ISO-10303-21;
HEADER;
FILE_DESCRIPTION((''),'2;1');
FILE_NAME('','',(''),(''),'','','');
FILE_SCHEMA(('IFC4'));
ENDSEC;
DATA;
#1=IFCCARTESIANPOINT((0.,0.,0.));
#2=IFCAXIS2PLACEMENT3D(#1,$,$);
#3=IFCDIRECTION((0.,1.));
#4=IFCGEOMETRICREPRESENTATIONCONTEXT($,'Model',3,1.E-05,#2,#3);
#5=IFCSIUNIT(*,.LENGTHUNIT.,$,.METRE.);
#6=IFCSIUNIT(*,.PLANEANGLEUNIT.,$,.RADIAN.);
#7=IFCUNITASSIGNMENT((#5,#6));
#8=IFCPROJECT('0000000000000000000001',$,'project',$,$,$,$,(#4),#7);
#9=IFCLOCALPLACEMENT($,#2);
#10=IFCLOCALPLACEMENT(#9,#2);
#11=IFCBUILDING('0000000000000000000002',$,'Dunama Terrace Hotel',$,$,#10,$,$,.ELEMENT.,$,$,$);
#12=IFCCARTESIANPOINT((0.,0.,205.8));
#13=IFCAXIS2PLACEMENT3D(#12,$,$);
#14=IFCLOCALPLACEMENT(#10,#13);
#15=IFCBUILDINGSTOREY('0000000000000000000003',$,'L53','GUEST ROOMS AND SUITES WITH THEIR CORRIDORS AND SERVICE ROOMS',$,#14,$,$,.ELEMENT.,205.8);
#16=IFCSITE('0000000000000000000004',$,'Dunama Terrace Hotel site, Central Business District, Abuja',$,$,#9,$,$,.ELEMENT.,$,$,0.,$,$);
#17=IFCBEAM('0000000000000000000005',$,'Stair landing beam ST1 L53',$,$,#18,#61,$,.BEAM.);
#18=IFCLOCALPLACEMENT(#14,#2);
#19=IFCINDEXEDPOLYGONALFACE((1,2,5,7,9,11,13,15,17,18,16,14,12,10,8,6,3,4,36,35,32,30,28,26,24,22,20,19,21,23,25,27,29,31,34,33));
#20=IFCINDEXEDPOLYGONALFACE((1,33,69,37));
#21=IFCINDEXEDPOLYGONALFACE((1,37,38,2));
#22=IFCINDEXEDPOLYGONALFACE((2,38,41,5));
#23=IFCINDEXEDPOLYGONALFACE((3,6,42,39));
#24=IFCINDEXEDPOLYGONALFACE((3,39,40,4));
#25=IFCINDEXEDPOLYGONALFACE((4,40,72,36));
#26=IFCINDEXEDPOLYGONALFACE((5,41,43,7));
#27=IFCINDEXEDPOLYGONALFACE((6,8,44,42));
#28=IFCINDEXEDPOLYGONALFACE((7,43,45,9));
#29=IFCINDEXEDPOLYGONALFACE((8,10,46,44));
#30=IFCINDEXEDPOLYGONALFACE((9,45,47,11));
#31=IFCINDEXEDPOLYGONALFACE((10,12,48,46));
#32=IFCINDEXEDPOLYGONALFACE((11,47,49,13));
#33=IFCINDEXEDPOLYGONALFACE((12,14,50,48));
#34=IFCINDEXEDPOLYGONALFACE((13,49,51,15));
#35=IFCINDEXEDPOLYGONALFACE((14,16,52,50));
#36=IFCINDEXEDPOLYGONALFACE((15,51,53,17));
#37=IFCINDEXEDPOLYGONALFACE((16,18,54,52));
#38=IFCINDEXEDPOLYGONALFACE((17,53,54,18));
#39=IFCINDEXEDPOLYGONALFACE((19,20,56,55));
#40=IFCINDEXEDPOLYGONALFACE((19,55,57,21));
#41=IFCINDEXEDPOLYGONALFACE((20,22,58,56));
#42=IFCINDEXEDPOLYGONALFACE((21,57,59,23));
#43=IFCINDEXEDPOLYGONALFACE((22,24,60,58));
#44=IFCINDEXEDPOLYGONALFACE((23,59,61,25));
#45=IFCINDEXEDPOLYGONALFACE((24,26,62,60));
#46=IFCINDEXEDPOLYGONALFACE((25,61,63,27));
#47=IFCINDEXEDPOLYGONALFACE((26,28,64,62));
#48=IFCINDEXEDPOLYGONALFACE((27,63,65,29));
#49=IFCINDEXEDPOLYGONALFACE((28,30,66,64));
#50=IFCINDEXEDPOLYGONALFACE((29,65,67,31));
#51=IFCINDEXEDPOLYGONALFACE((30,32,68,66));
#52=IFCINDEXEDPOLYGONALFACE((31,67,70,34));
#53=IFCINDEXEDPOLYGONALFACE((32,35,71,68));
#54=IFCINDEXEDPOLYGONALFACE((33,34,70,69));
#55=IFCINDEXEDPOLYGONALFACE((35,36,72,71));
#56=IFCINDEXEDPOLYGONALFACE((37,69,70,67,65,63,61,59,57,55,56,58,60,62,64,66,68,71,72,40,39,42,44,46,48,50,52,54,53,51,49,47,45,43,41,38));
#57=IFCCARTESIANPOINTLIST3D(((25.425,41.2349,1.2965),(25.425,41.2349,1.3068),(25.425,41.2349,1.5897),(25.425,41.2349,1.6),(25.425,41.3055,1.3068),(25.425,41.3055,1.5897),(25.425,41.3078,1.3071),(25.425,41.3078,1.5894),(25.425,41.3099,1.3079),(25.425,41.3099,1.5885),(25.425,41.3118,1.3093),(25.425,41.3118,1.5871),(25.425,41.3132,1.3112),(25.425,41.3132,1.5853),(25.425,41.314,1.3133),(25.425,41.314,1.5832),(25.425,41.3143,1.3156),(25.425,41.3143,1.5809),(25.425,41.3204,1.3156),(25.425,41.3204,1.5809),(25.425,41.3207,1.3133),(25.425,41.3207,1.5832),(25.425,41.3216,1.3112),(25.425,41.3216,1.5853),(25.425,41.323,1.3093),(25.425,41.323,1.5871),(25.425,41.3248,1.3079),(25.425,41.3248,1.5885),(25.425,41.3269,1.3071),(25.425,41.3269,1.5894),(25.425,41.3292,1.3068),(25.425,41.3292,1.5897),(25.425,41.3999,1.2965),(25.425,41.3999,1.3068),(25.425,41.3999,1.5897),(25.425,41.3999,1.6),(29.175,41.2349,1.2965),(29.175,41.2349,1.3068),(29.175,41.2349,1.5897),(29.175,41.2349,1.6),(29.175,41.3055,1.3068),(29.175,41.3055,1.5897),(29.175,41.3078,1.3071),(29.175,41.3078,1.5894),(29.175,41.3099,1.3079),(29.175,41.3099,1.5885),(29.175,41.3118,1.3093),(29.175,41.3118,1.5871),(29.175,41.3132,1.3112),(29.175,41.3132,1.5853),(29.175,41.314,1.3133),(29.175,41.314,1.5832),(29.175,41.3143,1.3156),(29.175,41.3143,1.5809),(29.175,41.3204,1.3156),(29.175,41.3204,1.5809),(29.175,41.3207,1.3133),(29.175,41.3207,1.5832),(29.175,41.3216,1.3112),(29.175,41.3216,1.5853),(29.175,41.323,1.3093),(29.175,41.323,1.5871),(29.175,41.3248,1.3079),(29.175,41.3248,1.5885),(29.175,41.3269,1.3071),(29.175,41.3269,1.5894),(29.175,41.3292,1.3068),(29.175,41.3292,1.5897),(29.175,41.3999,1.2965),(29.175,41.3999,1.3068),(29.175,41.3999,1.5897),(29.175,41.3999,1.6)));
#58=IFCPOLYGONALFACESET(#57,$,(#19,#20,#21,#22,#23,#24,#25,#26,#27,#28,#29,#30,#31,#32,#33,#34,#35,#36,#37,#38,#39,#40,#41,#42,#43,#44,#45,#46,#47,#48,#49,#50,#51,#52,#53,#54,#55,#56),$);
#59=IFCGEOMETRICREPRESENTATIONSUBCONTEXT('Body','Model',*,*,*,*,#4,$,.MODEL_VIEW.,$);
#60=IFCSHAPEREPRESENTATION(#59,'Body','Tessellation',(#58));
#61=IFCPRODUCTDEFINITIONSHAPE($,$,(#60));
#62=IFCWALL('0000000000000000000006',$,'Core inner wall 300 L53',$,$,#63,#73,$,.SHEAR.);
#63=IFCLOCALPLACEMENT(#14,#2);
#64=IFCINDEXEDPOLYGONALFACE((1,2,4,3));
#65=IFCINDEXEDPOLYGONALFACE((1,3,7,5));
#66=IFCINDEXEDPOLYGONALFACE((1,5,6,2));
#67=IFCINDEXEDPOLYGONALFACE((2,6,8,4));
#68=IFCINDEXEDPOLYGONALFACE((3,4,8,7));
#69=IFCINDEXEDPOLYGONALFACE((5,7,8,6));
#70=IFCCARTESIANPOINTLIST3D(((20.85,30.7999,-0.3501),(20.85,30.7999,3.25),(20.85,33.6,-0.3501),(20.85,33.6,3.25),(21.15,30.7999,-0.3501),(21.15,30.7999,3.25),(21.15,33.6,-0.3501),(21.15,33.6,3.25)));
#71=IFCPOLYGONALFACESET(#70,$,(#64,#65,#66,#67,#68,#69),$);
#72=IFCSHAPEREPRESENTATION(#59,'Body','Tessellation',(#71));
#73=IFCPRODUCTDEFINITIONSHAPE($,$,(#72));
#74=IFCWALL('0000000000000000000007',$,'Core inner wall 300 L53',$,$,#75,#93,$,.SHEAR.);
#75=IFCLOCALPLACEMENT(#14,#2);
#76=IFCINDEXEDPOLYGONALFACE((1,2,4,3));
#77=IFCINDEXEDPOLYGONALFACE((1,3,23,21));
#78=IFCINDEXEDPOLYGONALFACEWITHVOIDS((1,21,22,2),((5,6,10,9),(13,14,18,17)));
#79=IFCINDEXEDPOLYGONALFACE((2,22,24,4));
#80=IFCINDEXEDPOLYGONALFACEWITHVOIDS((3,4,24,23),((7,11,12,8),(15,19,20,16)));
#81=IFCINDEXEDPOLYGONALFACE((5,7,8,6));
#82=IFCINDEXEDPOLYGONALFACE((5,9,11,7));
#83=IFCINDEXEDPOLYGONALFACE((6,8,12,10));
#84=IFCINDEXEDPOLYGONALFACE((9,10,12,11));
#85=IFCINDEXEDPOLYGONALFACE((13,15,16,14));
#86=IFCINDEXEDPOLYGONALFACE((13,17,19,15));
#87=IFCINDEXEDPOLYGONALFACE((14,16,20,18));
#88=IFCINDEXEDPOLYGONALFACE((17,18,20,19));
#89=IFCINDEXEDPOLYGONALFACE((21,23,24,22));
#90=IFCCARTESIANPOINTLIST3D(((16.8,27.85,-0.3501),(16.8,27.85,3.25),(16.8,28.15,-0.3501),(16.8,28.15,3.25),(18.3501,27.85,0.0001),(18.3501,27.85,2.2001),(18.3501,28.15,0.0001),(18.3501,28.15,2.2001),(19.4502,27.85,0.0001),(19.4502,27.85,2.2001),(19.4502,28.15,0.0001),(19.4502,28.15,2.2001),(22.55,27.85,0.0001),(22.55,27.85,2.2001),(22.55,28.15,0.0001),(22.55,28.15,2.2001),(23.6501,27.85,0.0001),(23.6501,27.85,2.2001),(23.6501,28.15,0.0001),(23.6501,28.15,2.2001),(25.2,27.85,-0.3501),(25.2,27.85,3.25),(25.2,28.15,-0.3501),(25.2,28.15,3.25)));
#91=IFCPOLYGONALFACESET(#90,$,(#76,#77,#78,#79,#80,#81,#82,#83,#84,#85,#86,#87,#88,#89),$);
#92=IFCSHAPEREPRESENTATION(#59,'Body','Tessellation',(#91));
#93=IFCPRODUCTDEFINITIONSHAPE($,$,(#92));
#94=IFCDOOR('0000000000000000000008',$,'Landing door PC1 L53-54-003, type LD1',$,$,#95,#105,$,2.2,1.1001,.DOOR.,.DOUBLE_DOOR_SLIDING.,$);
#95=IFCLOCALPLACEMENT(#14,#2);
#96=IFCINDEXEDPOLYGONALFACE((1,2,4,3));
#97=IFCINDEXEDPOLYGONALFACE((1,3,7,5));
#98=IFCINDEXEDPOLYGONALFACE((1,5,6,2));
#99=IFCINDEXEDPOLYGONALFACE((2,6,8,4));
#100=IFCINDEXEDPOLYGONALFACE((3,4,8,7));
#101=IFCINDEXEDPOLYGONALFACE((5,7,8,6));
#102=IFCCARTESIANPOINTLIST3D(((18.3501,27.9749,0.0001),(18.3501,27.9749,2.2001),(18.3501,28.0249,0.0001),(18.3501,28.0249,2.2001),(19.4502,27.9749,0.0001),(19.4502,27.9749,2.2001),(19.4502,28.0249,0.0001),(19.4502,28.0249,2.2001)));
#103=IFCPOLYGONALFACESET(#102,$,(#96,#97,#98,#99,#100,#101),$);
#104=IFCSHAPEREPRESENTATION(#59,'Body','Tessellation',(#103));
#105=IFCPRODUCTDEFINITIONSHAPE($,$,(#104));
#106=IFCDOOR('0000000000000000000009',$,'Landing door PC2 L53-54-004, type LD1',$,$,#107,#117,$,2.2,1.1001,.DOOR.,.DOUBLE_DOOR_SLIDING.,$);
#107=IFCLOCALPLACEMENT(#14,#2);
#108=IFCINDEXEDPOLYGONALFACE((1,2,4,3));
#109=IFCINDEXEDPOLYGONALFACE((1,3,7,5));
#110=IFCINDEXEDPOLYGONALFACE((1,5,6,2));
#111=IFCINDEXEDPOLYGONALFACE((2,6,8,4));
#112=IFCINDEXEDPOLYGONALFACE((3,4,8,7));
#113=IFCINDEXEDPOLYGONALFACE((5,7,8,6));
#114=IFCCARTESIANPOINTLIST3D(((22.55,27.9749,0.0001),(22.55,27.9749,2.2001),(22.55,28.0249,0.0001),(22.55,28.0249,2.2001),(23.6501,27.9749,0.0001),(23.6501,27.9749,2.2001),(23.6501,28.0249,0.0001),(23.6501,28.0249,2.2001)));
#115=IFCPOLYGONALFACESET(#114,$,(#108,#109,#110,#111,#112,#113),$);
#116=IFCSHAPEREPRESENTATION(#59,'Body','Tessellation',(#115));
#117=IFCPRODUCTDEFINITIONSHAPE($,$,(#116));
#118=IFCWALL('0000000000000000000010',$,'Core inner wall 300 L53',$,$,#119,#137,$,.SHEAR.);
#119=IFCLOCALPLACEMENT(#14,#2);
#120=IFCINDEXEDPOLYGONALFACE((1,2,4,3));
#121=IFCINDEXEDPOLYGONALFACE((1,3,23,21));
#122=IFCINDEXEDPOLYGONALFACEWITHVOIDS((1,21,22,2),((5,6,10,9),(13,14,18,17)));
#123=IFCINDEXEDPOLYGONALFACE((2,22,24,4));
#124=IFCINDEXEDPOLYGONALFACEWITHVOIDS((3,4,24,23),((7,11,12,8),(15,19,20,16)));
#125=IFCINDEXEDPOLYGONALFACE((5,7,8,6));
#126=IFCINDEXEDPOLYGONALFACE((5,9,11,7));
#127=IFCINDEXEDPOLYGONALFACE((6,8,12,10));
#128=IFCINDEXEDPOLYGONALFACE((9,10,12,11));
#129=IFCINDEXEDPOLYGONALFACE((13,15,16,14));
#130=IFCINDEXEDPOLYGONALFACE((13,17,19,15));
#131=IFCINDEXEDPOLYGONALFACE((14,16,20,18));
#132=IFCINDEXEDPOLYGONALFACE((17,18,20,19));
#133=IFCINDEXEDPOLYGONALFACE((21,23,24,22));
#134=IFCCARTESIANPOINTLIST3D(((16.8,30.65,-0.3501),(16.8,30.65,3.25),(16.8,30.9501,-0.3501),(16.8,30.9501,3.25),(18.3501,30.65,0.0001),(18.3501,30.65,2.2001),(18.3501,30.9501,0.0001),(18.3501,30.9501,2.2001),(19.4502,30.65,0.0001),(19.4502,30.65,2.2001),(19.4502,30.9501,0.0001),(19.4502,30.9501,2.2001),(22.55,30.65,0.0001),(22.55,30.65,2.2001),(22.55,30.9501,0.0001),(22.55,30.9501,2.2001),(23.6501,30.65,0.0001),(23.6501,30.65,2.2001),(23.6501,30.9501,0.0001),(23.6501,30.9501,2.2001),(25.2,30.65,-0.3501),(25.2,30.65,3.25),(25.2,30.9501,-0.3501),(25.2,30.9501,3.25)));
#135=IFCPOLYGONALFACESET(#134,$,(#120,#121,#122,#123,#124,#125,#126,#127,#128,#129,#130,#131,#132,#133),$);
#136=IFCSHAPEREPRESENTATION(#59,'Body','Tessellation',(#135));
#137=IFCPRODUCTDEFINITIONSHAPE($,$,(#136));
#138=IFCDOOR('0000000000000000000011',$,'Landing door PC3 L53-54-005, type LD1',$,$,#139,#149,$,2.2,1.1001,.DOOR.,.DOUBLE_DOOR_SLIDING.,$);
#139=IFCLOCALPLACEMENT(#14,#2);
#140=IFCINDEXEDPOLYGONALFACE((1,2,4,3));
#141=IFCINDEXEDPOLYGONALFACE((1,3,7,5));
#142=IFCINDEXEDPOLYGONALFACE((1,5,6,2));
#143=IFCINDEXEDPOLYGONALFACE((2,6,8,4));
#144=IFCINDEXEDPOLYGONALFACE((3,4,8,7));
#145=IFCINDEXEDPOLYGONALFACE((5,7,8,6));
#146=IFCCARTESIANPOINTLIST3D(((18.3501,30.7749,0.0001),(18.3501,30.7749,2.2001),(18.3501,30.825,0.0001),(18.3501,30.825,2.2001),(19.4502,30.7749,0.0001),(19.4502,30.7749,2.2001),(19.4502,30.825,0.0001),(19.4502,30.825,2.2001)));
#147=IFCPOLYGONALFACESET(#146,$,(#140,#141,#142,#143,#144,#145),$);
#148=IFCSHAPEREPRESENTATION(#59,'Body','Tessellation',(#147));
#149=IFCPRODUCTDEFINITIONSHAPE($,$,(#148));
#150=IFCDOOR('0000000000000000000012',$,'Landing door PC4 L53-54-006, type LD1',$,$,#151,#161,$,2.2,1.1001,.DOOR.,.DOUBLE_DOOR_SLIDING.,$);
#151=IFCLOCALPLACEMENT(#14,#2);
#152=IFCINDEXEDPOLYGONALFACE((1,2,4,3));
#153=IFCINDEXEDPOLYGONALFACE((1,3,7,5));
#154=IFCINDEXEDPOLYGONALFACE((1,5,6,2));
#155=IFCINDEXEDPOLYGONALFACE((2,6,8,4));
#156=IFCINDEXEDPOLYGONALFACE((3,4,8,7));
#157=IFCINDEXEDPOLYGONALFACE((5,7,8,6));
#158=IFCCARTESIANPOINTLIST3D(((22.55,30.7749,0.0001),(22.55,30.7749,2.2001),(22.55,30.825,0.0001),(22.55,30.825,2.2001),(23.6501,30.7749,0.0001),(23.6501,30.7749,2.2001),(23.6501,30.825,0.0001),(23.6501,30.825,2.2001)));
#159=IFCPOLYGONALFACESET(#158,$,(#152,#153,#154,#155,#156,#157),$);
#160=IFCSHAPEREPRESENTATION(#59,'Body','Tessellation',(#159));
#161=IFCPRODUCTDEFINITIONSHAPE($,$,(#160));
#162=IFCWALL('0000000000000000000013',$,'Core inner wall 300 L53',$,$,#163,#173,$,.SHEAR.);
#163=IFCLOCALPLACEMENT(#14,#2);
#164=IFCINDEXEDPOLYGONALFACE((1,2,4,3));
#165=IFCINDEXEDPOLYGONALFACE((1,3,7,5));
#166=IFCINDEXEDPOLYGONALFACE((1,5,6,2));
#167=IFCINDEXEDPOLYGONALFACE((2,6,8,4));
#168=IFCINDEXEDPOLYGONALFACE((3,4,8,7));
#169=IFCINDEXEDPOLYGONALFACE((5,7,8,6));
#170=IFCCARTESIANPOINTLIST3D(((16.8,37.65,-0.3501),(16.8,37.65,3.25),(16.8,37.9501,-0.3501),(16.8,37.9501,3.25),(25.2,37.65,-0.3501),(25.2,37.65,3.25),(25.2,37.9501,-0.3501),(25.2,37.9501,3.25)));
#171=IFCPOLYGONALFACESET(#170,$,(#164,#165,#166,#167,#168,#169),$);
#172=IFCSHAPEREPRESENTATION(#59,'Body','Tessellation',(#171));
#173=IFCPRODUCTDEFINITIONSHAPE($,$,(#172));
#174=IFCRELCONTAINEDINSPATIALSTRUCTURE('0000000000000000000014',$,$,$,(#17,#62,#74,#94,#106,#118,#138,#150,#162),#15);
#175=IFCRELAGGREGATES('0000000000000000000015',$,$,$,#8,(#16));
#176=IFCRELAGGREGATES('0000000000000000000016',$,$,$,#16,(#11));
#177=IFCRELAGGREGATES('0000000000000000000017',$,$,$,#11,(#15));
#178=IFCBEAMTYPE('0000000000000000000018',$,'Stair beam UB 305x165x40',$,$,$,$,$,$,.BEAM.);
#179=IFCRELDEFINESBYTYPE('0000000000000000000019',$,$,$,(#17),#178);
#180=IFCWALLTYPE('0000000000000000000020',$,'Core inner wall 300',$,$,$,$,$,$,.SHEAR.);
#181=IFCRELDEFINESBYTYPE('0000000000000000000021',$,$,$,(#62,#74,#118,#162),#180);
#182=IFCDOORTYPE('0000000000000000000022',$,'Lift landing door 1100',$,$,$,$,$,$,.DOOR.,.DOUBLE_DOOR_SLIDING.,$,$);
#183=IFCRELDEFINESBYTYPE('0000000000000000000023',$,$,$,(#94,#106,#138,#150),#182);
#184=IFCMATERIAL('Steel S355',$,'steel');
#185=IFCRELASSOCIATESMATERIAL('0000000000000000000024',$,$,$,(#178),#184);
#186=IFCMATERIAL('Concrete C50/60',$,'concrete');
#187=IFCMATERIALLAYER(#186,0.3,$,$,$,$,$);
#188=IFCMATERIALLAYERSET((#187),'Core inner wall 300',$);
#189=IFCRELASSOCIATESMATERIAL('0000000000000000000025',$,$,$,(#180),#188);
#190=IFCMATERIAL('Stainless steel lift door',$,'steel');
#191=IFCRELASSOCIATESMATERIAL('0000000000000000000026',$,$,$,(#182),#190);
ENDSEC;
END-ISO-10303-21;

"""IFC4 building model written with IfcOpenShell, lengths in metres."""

from ifc_helpers import new_model, si_unit, direction, frame, frame_2d, origin, origin_2d, place, context, subcontext, project, spatial, rectangle, i_section, extrude, material, layer, layer_set, material_profile, profile_set, type_object, element, fill, save


model = new_model("IFC4")

# Units and contexts
model_context = context("Model", 3, precision=1e-05, world=origin(), true_north=direction((0.0, 1.0)))
body_context = subcontext(model_context, "Body", "Model", "MODEL_VIEW")
ifc_project = project(units=[si_unit("LENGTHUNIT", "METRE"), si_unit("PLANEANGLEUNIT", "RADIAN")], contexts=[model_context])

# Site, building, storey
site_placement = place(None, origin())
site = spatial("IfcSite", under=ifc_project, at=site_placement, Name="Dunama Terrace Hotel site, Central Business District, Abuja", CompositionType="ELEMENT", RefElevation=0.0)
building_placement = place(site_placement, origin())
building = spatial("IfcBuilding", under=site, at=building_placement, Name="Dunama Terrace Hotel", CompositionType="ELEMENT")
storey_placement = place(building_placement, frame((0.0, 0.0, 205.8)))
storey = spatial("IfcBuildingStorey", under=building, at=storey_placement, Name="L53", Description="GUEST ROOMS AND SUITES WITH THEIR CORRIDORS AND SERVICE ROOMS", CompositionType="ELEMENT", Elevation=205.8)

# Beam
ifc_material_1 = material(Name="Steel S355", Category="steel")
ifc_material_profile = material_profile(ifc_material_1, i_section(OverallWidth=0.165, OverallDepth=0.3035, WebThickness=0.0061, FlangeThickness=0.0103, FilletRadius=0.0088, at=origin_2d()), Name="UB 305x165x40")
ifc_profile_set = profile_set([ifc_material_profile], Name="Steel S355")
beam_type = type_object("IfcBeamType", Name="Stair beam UB 305x165x40", PredefinedType="BEAM", material=ifc_profile_set)
beam_placement = place(storey_placement, frame((25.425, 41.3174, 1.4482), z_axis=(1.0, 0.0, 0.0), x_axis=(0.0, 1.0, 0.0)))
element("IfcBeam", 1, at=beam_placement, inside=storey, type_object=beam_type, Name="Stair landing beam ST1 L53", PredefinedType="BEAM", context=body_context, shape_type="SweptSolid", body=[
    extrude(i_section(OverallWidth=0.165, OverallDepth=0.3035, WebThickness=0.0061, FlangeThickness=0.0103, FilletRadius=0.0088, at=origin_2d()), origin(), (0.0, 0.0, 1.0), 3.75),
])

# Wall
ifc_material_2 = material(Name="Concrete C50/60", Category="concrete")
ifc_layer_1 = layer(ifc_material_2, 0.3)
ifc_layer_set_1 = layer_set([ifc_layer_1], Name="Core inner wall 300")
wall_type_1 = type_object("IfcWallType", Name="Core inner wall 300", PredefinedType="SHEAR", material=ifc_layer_set_1)
wall_1_placement = place(storey_placement, frame((21.0, 30.8, -0.3501), z_axis=(0.0, 0.0, 1.0), x_axis=(0.0, 1.0, 0.0)))
element("IfcWall", 2, at=wall_1_placement, inside=storey, type_object=wall_type_1, Name="Core inner wall 300 L53", PredefinedType="SHEAR", context=body_context, shape_type="SweptSolid", body=[
    extrude(rectangle(XDim=2.8, YDim=0.3, at=frame_2d((1.3999, 0.0))), origin(), (0.0, 0.0, 1.0), 3.6001),
])

# Walls, openings, doors
wall_2_placement = place(storey_placement, frame((16.8, 28.0, -0.3501), z_axis=(0.0, 0.0, 1.0), x_axis=(1.0, 0.0, 0.0)))
wall_2 = element("IfcWall", 3, at=wall_2_placement, inside=storey, type_object=wall_type_1, Name="Core inner wall 300 L53", PredefinedType="SHEAR", context=body_context, shape_type="SweptSolid", body=[
    extrude(rectangle(XDim=8.3999, YDim=0.3, at=frame_2d((4.2, 0.0))), origin(), (0.0, 0.0, 1.0), 3.6001),
])
opening_1_placement = place(wall_2_placement, frame((1.55, 0.0, 0.3501)))
opening_1 = element("IfcOpeningElement", 4, at=opening_1_placement, cuts=wall_2, PredefinedType="OPENING", context=body_context, shape_type="SweptSolid", body=[
    extrude(rectangle(XDim=1.1001, YDim=2.2, at=frame_2d((0.55, 1.1001))), frame((0.0, 0.1599, 0.0), z_axis=(0.0, -1.0, 0.0), x_axis=(1.0, 0.0, 0.0)), (0.0, 0.0, 1.0), 0.3201),
])
opening_2_placement = place(wall_2_placement, frame((5.75, 0.0, 0.3501)))
opening_2 = element("IfcOpeningElement", 5, at=opening_2_placement, cuts=wall_2, PredefinedType="OPENING", context=body_context, shape_type="SweptSolid", body=[
    extrude(rectangle(XDim=1.1001, YDim=2.2, at=frame_2d((0.55, 1.1001))), frame((0.0, 0.1599, 0.0), z_axis=(0.0, -1.0, 0.0), x_axis=(1.0, 0.0, 0.0)), (0.0, 0.0, 1.0), 0.3201),
])
ifc_material_3 = material(Name="Stainless steel lift door", Category="steel")
door_type_1 = type_object("IfcDoorType", Name="Lift landing door 1100", OperationType="DOUBLE_DOOR_SLIDING", PredefinedType="DOOR", material=ifc_material_3)
door_1_placement = place(opening_1_placement, origin())
door_1 = element("IfcDoor", 6, at=door_1_placement, inside=storey, type_object=door_type_1, Name="Landing door PC1 L53-54-003, type LD1", OperationType="DOUBLE_DOOR_SLIDING", OverallHeight=2.2, OverallWidth=1.1001, PredefinedType="DOOR", context=body_context, shape_type="SweptSolid", body=[
    extrude(rectangle(XDim=1.1001, YDim=2.2, at=frame_2d((0.55, 1.1001))), frame((0.0, 0.0249, 0.0), z_axis=(0.0, -1.0, 0.0), x_axis=(1.0, 0.0, 0.0)), (0.0, 0.0, 1.0), 0.05),
])
fill(opening_1, door_1)
door_2_placement = place(opening_2_placement, origin())
door_2 = element("IfcDoor", 7, at=door_2_placement, inside=storey, type_object=door_type_1, Name="Landing door PC2 L53-54-004, type LD1", OperationType="DOUBLE_DOOR_SLIDING", OverallHeight=2.2, OverallWidth=1.1001, PredefinedType="DOOR", context=body_context, shape_type="SweptSolid", body=[
    extrude(rectangle(XDim=1.1001, YDim=2.2, at=frame_2d((0.55, 1.1001))), frame((0.0, 0.0249, 0.0), z_axis=(0.0, -1.0, 0.0), x_axis=(1.0, 0.0, 0.0)), (0.0, 0.0, 1.0), 0.05),
])
fill(opening_2, door_2)
wall_3_placement = place(storey_placement, frame((16.8, 30.8, -0.3501), z_axis=(0.0, 0.0, 1.0), x_axis=(1.0, 0.0, 0.0)))
wall_3 = element("IfcWall", 8, at=wall_3_placement, inside=storey, type_object=wall_type_1, Name="Core inner wall 300 L53", PredefinedType="SHEAR", context=body_context, shape_type="SweptSolid", body=[
    extrude(rectangle(XDim=8.3999, YDim=0.3, at=frame_2d((4.2, 0.0))), origin(), (0.0, 0.0, 1.0), 3.6001),
])
opening_3_placement = place(wall_3_placement, frame((1.55, 0.0, 0.3501)))
opening_3 = element("IfcOpeningElement", 9, at=opening_3_placement, cuts=wall_3, PredefinedType="OPENING", context=body_context, shape_type="SweptSolid", body=[
    extrude(rectangle(XDim=1.1001, YDim=2.2, at=frame_2d((0.55, 1.1001))), frame((0.0, 0.1599, 0.0), z_axis=(0.0, -1.0, 0.0), x_axis=(1.0, 0.0, 0.0)), (0.0, 0.0, 1.0), 0.3201),
])
opening_4_placement = place(wall_3_placement, frame((5.75, 0.0, 0.3501)))
opening_4 = element("IfcOpeningElement", 10, at=opening_4_placement, cuts=wall_3, PredefinedType="OPENING", context=body_context, shape_type="SweptSolid", body=[
    extrude(rectangle(XDim=1.1001, YDim=2.2, at=frame_2d((0.55, 1.1001))), frame((0.0, 0.1599, 0.0), z_axis=(0.0, -1.0, 0.0), x_axis=(1.0, 0.0, 0.0)), (0.0, 0.0, 1.0), 0.3201),
])
door_3_placement = place(opening_3_placement, origin())
door_3 = element("IfcDoor", 11, at=door_3_placement, inside=storey, type_object=door_type_1, Name="Landing door PC3 L53-54-005, type LD1", OperationType="DOUBLE_DOOR_SLIDING", OverallHeight=2.2, OverallWidth=1.1001, PredefinedType="DOOR", context=body_context, shape_type="SweptSolid", body=[
    extrude(rectangle(XDim=1.1001, YDim=2.2, at=frame_2d((0.55, 1.1001))), frame((0.0, 0.0249, 0.0), z_axis=(0.0, -1.0, 0.0), x_axis=(1.0, 0.0, 0.0)), (0.0, 0.0, 1.0), 0.05),
])
fill(opening_3, door_3)
door_4_placement = place(opening_4_placement, origin())
door_4 = element("IfcDoor", 12, at=door_4_placement, inside=storey, type_object=door_type_1, Name="Landing door PC4 L53-54-006, type LD1", OperationType="DOUBLE_DOOR_SLIDING", OverallHeight=2.2, OverallWidth=1.1001, PredefinedType="DOOR", context=body_context, shape_type="SweptSolid", body=[
    extrude(rectangle(XDim=1.1001, YDim=2.2, at=frame_2d((0.55, 1.1001))), frame((0.0, 0.0249, 0.0), z_axis=(0.0, -1.0, 0.0), x_axis=(1.0, 0.0, 0.0)), (0.0, 0.0, 1.0), 0.05),
])
fill(opening_4, door_4)

# Wall
wall_4_placement = place(storey_placement, frame((16.8, 37.8, -0.3501), z_axis=(0.0, 0.0, 1.0), x_axis=(1.0, 0.0, 0.0)))
element("IfcWall", 13, at=wall_4_placement, inside=storey, type_object=wall_type_1, Name="Core inner wall 300 L53", PredefinedType="SHEAR", context=body_context, shape_type="SweptSolid", body=[
    extrude(rectangle(XDim=8.3999, YDim=0.3, at=frame_2d((4.2, 0.0))), origin(), (0.0, 0.0, 1.0), 3.6001),
])

save(model, "model.ifc")
